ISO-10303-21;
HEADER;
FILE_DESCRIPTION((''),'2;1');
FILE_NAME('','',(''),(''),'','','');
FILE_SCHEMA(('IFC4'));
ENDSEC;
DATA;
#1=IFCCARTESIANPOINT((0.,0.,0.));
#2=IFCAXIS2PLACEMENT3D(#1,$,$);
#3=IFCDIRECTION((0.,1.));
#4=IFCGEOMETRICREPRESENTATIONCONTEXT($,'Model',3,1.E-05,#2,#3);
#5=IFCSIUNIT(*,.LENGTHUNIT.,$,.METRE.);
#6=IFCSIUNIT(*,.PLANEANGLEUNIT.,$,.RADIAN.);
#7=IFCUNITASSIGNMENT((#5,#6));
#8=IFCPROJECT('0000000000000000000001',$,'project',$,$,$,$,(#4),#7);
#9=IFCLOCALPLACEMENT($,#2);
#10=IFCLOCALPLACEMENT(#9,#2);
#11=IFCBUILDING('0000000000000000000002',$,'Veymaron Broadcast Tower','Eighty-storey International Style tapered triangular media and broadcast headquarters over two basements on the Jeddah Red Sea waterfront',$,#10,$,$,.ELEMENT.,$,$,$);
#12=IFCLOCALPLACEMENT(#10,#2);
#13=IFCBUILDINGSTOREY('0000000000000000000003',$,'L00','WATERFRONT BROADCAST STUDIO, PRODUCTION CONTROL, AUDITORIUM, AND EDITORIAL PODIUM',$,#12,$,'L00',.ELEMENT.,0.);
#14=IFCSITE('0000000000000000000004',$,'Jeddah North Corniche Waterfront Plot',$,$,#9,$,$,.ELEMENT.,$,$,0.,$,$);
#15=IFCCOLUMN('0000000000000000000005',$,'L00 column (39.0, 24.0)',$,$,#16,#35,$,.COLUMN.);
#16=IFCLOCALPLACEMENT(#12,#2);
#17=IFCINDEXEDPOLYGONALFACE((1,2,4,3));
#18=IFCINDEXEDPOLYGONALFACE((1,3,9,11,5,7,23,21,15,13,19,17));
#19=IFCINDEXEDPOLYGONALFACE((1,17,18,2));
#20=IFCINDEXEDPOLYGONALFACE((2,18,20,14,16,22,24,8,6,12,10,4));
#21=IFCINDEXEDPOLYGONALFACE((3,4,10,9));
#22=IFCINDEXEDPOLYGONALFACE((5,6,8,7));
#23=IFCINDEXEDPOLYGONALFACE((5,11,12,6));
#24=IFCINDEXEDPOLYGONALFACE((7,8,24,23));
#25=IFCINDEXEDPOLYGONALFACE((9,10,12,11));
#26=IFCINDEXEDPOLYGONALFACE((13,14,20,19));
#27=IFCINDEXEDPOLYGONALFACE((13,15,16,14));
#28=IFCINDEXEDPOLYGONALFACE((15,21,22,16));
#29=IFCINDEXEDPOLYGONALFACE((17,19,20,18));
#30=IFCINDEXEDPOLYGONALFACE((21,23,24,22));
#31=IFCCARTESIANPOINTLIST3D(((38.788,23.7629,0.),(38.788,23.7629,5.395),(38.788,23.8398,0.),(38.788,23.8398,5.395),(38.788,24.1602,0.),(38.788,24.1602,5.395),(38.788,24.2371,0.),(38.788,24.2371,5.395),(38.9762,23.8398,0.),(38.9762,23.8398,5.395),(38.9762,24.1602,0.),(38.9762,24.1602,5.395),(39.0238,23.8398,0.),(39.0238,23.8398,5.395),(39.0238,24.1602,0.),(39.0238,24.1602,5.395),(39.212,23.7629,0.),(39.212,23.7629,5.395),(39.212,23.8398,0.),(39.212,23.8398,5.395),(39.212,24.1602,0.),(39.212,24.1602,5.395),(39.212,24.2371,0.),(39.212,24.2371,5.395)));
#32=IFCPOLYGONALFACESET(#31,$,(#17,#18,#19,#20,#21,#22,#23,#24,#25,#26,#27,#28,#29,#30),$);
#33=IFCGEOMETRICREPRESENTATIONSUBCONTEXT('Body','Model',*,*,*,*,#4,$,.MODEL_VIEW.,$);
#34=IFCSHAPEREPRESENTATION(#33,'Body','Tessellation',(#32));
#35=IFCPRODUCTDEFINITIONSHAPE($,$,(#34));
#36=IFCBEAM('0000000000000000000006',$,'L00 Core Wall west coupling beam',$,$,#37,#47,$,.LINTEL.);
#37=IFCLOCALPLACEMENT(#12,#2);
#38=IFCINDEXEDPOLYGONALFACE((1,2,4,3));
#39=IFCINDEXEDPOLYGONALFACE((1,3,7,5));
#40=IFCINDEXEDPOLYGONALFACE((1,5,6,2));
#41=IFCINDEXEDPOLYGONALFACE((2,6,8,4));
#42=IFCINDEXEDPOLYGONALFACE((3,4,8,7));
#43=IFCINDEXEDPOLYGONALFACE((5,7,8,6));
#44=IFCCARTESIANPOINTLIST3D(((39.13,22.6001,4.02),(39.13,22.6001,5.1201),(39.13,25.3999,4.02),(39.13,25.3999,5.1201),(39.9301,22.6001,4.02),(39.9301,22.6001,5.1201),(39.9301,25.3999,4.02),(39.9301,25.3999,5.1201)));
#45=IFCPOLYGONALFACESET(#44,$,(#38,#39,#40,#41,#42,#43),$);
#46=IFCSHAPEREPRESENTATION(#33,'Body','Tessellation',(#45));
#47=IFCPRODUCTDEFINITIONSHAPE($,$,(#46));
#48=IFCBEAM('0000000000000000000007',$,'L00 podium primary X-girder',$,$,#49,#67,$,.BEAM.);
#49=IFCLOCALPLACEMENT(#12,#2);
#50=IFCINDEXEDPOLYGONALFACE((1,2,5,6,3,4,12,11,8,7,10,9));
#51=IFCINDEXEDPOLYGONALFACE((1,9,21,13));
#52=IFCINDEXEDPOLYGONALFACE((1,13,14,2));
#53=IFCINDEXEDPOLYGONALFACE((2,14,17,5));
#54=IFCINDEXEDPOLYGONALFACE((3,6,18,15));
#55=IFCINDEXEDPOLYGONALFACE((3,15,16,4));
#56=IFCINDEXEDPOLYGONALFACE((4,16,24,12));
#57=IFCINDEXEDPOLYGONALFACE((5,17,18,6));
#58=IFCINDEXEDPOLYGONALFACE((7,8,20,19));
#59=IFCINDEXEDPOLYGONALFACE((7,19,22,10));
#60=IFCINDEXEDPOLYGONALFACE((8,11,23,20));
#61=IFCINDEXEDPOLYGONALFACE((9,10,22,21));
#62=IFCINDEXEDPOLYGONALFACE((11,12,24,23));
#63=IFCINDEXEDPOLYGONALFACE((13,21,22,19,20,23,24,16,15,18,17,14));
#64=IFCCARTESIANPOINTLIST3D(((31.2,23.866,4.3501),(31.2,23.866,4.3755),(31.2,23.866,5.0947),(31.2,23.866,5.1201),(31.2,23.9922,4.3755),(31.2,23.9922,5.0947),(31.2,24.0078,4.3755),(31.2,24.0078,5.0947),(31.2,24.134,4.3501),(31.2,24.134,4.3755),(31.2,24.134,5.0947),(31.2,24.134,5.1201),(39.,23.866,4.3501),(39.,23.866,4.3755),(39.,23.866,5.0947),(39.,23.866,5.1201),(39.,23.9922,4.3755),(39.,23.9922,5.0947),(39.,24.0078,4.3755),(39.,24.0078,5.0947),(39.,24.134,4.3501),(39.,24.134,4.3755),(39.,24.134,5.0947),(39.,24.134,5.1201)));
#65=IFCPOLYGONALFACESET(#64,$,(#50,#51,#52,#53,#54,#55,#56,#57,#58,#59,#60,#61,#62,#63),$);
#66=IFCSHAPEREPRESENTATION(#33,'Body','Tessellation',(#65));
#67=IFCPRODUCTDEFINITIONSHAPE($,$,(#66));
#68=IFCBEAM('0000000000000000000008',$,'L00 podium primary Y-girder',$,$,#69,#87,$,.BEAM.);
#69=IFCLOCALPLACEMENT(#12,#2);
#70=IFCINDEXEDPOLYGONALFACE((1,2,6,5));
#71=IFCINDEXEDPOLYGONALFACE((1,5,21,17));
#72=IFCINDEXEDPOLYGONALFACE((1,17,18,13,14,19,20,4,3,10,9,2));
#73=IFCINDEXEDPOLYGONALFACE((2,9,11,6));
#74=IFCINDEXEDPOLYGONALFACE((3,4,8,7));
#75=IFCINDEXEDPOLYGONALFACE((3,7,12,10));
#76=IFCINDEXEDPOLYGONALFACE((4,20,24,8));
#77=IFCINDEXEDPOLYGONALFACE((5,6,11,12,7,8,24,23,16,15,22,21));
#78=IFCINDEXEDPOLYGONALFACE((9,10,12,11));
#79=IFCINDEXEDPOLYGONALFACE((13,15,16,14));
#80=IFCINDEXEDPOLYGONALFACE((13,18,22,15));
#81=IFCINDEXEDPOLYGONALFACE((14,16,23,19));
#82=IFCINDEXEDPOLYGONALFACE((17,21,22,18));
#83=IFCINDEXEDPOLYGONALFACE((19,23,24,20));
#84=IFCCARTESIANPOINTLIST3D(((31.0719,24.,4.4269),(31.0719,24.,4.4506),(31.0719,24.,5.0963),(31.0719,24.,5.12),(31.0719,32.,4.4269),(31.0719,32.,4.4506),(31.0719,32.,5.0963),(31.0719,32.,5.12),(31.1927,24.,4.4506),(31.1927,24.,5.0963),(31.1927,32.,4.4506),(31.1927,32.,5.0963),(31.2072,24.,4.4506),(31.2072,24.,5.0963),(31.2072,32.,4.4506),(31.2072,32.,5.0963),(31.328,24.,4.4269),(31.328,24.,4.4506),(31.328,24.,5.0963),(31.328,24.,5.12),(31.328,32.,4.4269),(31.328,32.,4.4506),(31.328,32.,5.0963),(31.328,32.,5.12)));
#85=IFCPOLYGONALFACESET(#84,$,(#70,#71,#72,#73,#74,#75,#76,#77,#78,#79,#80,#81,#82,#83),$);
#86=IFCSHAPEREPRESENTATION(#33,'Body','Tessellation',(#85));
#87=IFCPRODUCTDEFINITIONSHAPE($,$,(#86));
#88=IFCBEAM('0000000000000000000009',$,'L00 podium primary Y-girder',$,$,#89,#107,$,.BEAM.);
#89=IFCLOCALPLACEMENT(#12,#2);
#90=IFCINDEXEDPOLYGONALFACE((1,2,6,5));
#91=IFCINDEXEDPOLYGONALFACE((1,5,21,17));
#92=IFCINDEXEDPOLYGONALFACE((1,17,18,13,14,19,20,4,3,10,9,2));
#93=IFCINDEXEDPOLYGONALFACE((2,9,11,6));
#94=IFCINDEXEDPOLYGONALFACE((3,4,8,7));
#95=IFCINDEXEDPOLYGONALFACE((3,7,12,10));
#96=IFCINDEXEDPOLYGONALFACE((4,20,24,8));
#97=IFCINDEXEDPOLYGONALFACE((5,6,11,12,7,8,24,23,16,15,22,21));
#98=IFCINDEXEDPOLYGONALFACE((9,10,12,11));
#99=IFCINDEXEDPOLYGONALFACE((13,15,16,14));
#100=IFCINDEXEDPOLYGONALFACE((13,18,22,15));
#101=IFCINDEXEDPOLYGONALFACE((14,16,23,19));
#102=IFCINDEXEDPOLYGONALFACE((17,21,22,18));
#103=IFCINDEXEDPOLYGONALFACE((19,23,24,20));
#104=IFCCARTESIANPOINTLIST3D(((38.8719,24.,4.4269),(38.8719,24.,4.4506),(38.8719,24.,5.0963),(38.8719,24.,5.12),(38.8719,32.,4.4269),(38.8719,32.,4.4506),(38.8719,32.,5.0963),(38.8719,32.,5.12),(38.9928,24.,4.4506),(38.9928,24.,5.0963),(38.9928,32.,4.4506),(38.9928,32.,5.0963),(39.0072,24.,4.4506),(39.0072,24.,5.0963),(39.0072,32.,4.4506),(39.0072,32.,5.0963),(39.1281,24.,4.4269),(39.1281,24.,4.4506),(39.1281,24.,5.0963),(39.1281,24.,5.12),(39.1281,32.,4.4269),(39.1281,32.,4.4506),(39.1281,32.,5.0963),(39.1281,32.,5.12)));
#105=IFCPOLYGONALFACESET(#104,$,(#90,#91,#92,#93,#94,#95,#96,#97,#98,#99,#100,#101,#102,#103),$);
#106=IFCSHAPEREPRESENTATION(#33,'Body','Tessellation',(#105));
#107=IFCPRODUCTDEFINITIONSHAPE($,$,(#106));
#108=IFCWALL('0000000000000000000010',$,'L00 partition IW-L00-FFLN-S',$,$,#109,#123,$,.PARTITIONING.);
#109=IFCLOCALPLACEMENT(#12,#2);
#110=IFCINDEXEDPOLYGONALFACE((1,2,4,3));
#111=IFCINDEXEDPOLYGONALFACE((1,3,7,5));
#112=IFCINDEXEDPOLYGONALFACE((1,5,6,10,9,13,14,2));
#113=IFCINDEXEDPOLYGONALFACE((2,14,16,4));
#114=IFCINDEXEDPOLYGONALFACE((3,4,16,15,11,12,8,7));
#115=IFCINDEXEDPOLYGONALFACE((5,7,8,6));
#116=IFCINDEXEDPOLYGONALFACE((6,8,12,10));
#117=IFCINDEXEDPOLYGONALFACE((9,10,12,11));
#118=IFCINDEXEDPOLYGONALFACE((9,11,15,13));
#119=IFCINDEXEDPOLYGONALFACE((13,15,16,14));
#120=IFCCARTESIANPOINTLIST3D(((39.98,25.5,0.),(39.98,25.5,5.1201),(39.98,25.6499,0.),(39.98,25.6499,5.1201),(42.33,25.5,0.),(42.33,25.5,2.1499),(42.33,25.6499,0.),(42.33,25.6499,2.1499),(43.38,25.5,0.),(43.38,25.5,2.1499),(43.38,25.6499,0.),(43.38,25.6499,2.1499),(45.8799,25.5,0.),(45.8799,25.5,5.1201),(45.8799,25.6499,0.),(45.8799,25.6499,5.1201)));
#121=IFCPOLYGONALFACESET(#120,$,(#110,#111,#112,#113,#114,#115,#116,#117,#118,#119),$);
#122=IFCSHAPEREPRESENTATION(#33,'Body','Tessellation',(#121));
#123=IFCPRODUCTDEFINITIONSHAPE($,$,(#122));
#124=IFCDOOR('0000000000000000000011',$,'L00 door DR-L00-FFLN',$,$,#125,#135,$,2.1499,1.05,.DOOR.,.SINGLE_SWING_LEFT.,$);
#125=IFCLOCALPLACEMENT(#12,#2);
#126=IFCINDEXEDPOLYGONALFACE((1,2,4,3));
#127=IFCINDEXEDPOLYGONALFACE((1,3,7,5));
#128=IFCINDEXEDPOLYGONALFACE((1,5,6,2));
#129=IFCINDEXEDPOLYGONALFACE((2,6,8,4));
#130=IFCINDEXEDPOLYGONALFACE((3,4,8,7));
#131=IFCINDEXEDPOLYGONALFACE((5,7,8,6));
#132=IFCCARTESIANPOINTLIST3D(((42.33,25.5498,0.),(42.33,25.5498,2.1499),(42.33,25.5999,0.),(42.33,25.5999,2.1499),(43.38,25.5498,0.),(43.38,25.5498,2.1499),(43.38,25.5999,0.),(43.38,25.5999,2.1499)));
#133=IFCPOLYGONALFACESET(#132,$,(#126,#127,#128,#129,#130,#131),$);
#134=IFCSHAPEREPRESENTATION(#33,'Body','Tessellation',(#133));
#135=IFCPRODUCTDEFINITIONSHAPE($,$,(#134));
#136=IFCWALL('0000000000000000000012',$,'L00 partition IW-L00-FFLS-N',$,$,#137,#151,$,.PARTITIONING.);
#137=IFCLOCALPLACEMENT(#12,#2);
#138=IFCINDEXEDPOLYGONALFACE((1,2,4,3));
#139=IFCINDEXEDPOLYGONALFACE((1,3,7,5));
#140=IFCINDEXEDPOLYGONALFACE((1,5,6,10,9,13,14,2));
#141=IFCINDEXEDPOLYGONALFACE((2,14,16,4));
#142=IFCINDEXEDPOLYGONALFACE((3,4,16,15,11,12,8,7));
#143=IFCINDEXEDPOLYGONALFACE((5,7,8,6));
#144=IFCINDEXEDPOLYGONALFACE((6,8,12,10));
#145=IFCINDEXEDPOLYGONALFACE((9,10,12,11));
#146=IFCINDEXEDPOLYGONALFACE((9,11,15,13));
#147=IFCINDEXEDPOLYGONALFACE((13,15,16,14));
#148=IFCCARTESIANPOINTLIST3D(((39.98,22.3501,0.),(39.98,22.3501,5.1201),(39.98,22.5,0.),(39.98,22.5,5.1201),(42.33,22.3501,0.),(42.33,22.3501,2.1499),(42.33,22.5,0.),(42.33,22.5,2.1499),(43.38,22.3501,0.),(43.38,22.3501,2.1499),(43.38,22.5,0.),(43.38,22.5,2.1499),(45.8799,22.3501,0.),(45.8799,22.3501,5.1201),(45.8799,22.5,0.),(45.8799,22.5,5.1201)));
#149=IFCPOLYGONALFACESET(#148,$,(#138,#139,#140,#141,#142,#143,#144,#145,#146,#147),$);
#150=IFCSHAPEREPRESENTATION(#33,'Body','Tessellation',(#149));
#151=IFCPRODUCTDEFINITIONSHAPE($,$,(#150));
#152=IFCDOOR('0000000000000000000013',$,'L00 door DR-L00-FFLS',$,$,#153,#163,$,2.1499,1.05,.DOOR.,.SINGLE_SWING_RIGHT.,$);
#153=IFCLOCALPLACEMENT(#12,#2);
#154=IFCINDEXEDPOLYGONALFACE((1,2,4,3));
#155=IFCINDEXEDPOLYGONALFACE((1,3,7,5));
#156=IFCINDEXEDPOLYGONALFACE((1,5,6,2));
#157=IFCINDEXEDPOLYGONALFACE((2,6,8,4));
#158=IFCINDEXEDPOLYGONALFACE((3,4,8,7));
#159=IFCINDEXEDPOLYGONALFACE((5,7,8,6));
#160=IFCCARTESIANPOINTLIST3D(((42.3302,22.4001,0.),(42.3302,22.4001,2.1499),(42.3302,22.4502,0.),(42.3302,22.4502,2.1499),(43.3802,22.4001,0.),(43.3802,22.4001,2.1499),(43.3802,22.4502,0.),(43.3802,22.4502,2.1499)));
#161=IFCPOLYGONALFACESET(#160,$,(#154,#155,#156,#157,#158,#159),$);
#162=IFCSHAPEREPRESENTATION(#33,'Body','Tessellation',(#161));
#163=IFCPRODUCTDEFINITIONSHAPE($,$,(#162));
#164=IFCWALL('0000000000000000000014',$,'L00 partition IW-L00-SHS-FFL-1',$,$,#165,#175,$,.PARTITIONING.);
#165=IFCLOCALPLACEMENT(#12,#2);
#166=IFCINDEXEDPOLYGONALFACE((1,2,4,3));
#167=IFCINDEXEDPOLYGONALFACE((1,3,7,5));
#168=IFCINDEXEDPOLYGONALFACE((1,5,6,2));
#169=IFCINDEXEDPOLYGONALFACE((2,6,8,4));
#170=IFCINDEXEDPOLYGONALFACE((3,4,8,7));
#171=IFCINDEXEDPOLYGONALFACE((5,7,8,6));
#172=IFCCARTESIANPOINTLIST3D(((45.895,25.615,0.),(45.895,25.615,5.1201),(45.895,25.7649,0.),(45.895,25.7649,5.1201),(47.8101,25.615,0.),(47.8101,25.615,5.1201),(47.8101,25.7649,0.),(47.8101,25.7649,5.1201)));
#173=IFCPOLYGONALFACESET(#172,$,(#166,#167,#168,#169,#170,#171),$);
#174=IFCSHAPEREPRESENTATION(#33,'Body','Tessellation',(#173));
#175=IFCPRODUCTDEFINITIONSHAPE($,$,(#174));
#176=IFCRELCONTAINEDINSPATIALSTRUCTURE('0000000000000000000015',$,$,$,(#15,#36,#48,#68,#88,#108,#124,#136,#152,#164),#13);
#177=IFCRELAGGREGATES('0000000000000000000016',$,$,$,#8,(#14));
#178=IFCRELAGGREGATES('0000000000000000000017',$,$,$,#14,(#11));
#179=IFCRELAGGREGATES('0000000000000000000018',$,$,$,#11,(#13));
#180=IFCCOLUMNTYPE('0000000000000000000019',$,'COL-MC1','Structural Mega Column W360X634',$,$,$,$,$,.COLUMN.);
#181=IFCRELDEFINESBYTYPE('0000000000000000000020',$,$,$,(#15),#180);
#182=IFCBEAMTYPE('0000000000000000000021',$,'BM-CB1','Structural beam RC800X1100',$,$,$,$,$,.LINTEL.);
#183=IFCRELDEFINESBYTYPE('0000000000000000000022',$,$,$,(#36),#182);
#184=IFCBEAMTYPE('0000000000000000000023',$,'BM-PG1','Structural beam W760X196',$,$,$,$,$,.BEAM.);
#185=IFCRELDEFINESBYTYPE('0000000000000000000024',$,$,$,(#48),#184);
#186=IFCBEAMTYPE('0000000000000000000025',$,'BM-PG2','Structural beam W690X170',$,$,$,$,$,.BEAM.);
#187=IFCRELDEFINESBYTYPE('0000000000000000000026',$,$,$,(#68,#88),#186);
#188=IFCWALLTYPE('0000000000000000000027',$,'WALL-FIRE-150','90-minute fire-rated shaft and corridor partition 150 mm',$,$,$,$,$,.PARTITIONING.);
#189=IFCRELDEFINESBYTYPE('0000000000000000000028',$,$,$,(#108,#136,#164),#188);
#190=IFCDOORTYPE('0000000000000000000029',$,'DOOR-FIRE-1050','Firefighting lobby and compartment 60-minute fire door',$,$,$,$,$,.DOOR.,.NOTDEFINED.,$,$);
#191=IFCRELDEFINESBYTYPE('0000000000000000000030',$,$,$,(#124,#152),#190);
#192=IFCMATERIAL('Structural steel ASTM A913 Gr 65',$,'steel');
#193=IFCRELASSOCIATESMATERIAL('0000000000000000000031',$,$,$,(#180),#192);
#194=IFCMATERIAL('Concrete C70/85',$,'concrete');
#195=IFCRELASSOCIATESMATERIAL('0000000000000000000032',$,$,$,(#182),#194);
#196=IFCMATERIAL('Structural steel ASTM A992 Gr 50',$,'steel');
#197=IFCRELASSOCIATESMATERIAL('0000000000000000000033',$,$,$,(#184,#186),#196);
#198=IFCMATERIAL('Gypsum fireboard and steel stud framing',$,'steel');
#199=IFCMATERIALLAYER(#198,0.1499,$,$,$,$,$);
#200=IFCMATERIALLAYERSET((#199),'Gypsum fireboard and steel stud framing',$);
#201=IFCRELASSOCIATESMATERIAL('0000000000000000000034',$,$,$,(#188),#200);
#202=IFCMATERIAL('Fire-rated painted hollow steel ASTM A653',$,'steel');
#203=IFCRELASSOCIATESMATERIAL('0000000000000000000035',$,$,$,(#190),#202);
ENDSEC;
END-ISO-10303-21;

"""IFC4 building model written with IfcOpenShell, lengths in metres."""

from ifc_helpers import new_model, si_unit, direction, frame, frame_2d, origin, origin_2d, place, context, subcontext, project, spatial, rectangle, i_section, extrude, material, layer, layer_set, material_profile, profile_set, type_object, element, fill, save


model = new_model("IFC4")

# Units and contexts
model_context = context("Model", 3, precision=1e-05, world=origin(), true_north=direction((0.0, 1.0)))
body_context = subcontext(model_context, "Body", "Model", "MODEL_VIEW")
ifc_project = project(units=[si_unit("LENGTHUNIT", "METRE"), si_unit("PLANEANGLEUNIT", "RADIAN")], contexts=[model_context])

# Site, building, storey
site_placement = place(None, origin())
site = spatial("IfcSite", under=ifc_project, at=site_placement, Name="Jeddah North Corniche Waterfront Plot", CompositionType="ELEMENT", RefElevation=0.0)
building_placement = place(site_placement, origin())
building = spatial("IfcBuilding", under=site, at=building_placement, Name="Veymaron Broadcast Tower", Description="Eighty-storey International Style tapered triangular media and broadcast headquarters over two basements on the Jeddah Red Sea waterfront", CompositionType="ELEMENT")
storey_placement = place(building_placement, origin())
storey = spatial("IfcBuildingStorey", under=building, at=storey_placement, Name="L00", Description="WATERFRONT BROADCAST STUDIO, PRODUCTION CONTROL, AUDITORIUM, AND EDITORIAL PODIUM", LongName="L00", CompositionType="ELEMENT", Elevation=0.0)

# Column
ifc_material_1 = material(Name="Structural steel ASTM A913 Gr 65", Category="steel")
ifc_material_profile_1 = material_profile(ifc_material_1, i_section(OverallWidth=0.4241, OverallDepth=0.4741, WebThickness=0.0476, FlangeThickness=0.0769, at=origin_2d()), Name="W360X634")
ifc_profile_set_1 = profile_set([ifc_material_profile_1], Name="Structural steel ASTM A913 Gr 65")
column_type = type_object("IfcColumnType", Name="COL-MC1", Description="Structural Mega Column W360X634", PredefinedType="COLUMN", material=ifc_profile_set_1)
column_placement = place(storey_placement, frame((39.0, 24.0, 0.0), z_axis=(0.0, 0.0, 1.0), x_axis=(1.0, 0.0, 0.0)))
element("IfcColumn", 1, at=column_placement, inside=storey, type_object=column_type, Name="L00 column (39.0, 24.0)", PredefinedType="COLUMN", context=body_context, shape_type="SweptSolid", body=[
    extrude(i_section(OverallWidth=0.4241, OverallDepth=0.4741, WebThickness=0.0476, FlangeThickness=0.0769, at=origin_2d()), origin(), (0.0, 0.0, 1.0), 5.395),
])

# Beams
ifc_material_2 = material(Name="Concrete C70/85", Category="concrete")
ifc_material_profile_2 = material_profile(ifc_material_2, rectangle(XDim=0.8, YDim=1.1001, at=origin_2d()), Name="RC800X1100")
ifc_profile_set_2 = profile_set([ifc_material_profile_2], Name="Concrete C70/85")
beam_type_1 = type_object("IfcBeamType", Name="BM-CB1", Description="Structural beam RC800X1100", PredefinedType="LINTEL", material=ifc_profile_set_2)
beam_1_placement = place(storey_placement, frame((39.53, 22.6001, 4.5701), z_axis=(0.0, 1.0, 0.0), x_axis=(-1.0, 0.0, 0.0)))
element("IfcBeam", 2, at=beam_1_placement, inside=storey, type_object=beam_type_1, Name="L00 Core Wall west coupling beam", PredefinedType="LINTEL", context=body_context, shape_type="SweptSolid", body=[
    extrude(rectangle(XDim=0.8, YDim=1.1001, at=origin_2d()), origin(), (0.0, 0.0, 1.0), 2.7998),
])
ifc_material_3 = material(Name="Structural steel ASTM A992 Gr 50", Category="steel")
ifc_material_profile_3 = material_profile(ifc_material_3, i_section(OverallWidth=0.2681, OverallDepth=0.77, WebThickness=0.0156, FlangeThickness=0.0254, at=origin_2d()), Name="W760X196")
ifc_profile_set_3 = profile_set([ifc_material_profile_3], Name="Structural steel ASTM A992 Gr 50")
beam_type_2 = type_object("IfcBeamType", Name="BM-PG1", Description="Structural beam W760X196", PredefinedType="BEAM", material=ifc_profile_set_3)
beam_2_placement = place(storey_placement, frame((31.2, 24.0, 4.7351), z_axis=(1.0, 0.0, 0.0), x_axis=(0.0, 1.0, 0.0)))
element("IfcBeam", 3, at=beam_2_placement, inside=storey, type_object=beam_type_2, Name="L00 podium primary X-girder", PredefinedType="BEAM", context=body_context, shape_type="SweptSolid", body=[
    extrude(i_section(OverallWidth=0.2681, OverallDepth=0.77, WebThickness=0.0156, FlangeThickness=0.0254, at=origin_2d()), origin(), (0.0, 0.0, 1.0), 7.8),
])
ifc_material_profile_4 = material_profile(ifc_material_3, i_section(OverallWidth=0.2561, OverallDepth=0.6931, WebThickness=0.0144, FlangeThickness=0.0237, at=origin_2d()), Name="W690X170")
ifc_profile_set_4 = profile_set([ifc_material_profile_4], Name="Structural steel ASTM A992 Gr 50")
beam_type_3 = type_object("IfcBeamType", Name="BM-PG2", Description="Structural beam W690X170", PredefinedType="BEAM", material=ifc_profile_set_4)
for number, where, z_axis, x_axis, name in (
    (4, (31.2, 24.0, 4.7734), (0.0, 1.0, 0.0), (-1.0, 0.0, 0.0), "L00 podium primary Y-girder"),
    (5, (39.0, 24.0, 4.7734), (0.0, 1.0, 0.0), (-1.0, 0.0, 0.0), "L00 podium primary Y-girder"),
):
    element("IfcBeam", number, at=place(storey_placement, frame(where, z_axis=z_axis, x_axis=x_axis)), inside=storey, type_object=beam_type_3, Name=name, PredefinedType="BEAM", context=body_context, shape_type="SweptSolid", body=[
        extrude(i_section(OverallWidth=0.2561, OverallDepth=0.6931, WebThickness=0.0144, FlangeThickness=0.0237, at=origin_2d()), origin(), (0.0, 0.0, 1.0), 8.0),
    ])

# Walls, openings, doors
ifc_material_4 = material(Name="Gypsum fireboard and steel stud framing", Category="steel")
ifc_layer_1 = layer(ifc_material_4, 0.1499)
ifc_layer_set_1 = layer_set([ifc_layer_1], Name="Gypsum fireboard and steel stud framing")
wall_type_1 = type_object("IfcWallType", Name="WALL-FIRE-150", Description="90-minute fire-rated shaft and corridor partition 150 mm", PredefinedType="PARTITIONING", material=ifc_layer_set_1)
wall_1_placement = place(storey_placement, frame((39.98, 25.575, 0.0), z_axis=(0.0, 0.0, 1.0), x_axis=(1.0, 0.0, 0.0)))
wall_1 = element("IfcWall", 6, at=wall_1_placement, inside=storey, type_object=wall_type_1, Name="L00 partition IW-L00-FFLN-S", PredefinedType="PARTITIONING", context=body_context, shape_type="SweptSolid", body=[
    extrude(rectangle(XDim=5.8999, YDim=0.1499, at=frame_2d((2.95, 0.0))), origin(), (0.0, 0.0, 1.0), 5.1201),
])
opening_1_placement = place(wall_1_placement, frame((2.3501, 0.0, 0.0)))
opening_1 = element("IfcOpeningElement", 7, at=opening_1_placement, cuts=wall_1, PredefinedType="OPENING", context=body_context, shape_type="SweptSolid", body=[
    extrude(rectangle(XDim=1.05, YDim=2.1499, at=frame_2d((0.5249, 1.075))), frame((0.0, 0.085, 0.0), z_axis=(0.0, -1.0, 0.0), x_axis=(1.0, 0.0, 0.0)), (0.0, 0.0, 1.0), 0.1699),
])
ifc_material_5 = material(Name="Fire-rated painted hollow steel ASTM A653", Category="steel")
door_type_1 = type_object("IfcDoorType", Name="DOOR-FIRE-1050", Description="Firefighting lobby and compartment 60-minute fire door", OperationType="NOTDEFINED", PredefinedType="DOOR", material=ifc_material_5)
door_1_placement = place(opening_1_placement, origin())
door_1 = element("IfcDoor", 8, at=door_1_placement, inside=storey, type_object=door_type_1, Name="L00 door DR-L00-FFLN", OperationType="SINGLE_SWING_LEFT", OverallHeight=2.1499, OverallWidth=1.05, PredefinedType="DOOR", context=body_context, shape_type="SweptSolid", body=[
    extrude(rectangle(XDim=1.05, YDim=2.1499, at=frame_2d((0.5249, 1.075))), frame((0.0, 0.0249, 0.0), z_axis=(0.0, -1.0, 0.0), x_axis=(1.0, 0.0, 0.0)), (0.0, 0.0, 1.0), 0.05),
])
fill(opening_1, door_1)
wall_2_placement = place(storey_placement, frame((39.98, 22.425, 0.0), z_axis=(0.0, 0.0, 1.0), x_axis=(1.0, 0.0, 0.0)))
wall_2 = element("IfcWall", 9, at=wall_2_placement, inside=storey, type_object=wall_type_1, Name="L00 partition IW-L00-FFLS-N", PredefinedType="PARTITIONING", context=body_context, shape_type="SweptSolid", body=[
    extrude(rectangle(XDim=5.8999, YDim=0.1499, at=frame_2d((2.95, 0.0))), origin(), (0.0, 0.0, 1.0), 5.1201),
])
opening_2_placement = place(wall_2_placement, frame((2.3501, 0.0, 0.0)))
opening_2 = element("IfcOpeningElement", 10, at=opening_2_placement, cuts=wall_2, PredefinedType="OPENING", context=body_context, shape_type="SweptSolid", body=[
    extrude(rectangle(XDim=1.05, YDim=2.1499, at=frame_2d((0.5249, 1.075))), frame((0.0, 0.085, 0.0), z_axis=(0.0, -1.0, 0.0), x_axis=(1.0, 0.0, 0.0)), (0.0, 0.0, 1.0), 0.1699),
])
door_2_placement = place(opening_2_placement, frame((1.05, 0.0, 0.0), z_axis=(0.0, 0.0, 1.0), x_axis=(-1.0, 0.0, 0.0)))
door_2 = element("IfcDoor", 11, at=door_2_placement, inside=storey, type_object=door_type_1, Name="L00 door DR-L00-FFLS", OperationType="SINGLE_SWING_RIGHT", OverallHeight=2.1499, OverallWidth=1.05, PredefinedType="DOOR", context=body_context, shape_type="SweptSolid", body=[
    extrude(rectangle(XDim=1.05, YDim=2.1499, at=frame_2d((0.5249, 1.075))), frame((0.0, 0.0249, 0.0), z_axis=(0.0, -1.0, 0.0), x_axis=(1.0, 0.0, 0.0)), (0.0, 0.0, 1.0), 0.05),
])
fill(opening_2, door_2)

# Wall
wall_3_placement = place(storey_placement, frame((45.895, 25.6899, 0.0), z_axis=(0.0, 0.0, 1.0), x_axis=(1.0, 0.0, 0.0)))
element("IfcWall", 12, at=wall_3_placement, inside=storey, type_object=wall_type_1, Name="L00 partition IW-L00-SHS-FFL-1", PredefinedType="PARTITIONING", context=body_context, shape_type="SweptSolid", body=[
    extrude(rectangle(XDim=1.915, YDim=0.1499, at=frame_2d((0.9575, 0.0))), origin(), (0.0, 0.0, 1.0), 5.1201),
])

save(model, "model.ifc")
